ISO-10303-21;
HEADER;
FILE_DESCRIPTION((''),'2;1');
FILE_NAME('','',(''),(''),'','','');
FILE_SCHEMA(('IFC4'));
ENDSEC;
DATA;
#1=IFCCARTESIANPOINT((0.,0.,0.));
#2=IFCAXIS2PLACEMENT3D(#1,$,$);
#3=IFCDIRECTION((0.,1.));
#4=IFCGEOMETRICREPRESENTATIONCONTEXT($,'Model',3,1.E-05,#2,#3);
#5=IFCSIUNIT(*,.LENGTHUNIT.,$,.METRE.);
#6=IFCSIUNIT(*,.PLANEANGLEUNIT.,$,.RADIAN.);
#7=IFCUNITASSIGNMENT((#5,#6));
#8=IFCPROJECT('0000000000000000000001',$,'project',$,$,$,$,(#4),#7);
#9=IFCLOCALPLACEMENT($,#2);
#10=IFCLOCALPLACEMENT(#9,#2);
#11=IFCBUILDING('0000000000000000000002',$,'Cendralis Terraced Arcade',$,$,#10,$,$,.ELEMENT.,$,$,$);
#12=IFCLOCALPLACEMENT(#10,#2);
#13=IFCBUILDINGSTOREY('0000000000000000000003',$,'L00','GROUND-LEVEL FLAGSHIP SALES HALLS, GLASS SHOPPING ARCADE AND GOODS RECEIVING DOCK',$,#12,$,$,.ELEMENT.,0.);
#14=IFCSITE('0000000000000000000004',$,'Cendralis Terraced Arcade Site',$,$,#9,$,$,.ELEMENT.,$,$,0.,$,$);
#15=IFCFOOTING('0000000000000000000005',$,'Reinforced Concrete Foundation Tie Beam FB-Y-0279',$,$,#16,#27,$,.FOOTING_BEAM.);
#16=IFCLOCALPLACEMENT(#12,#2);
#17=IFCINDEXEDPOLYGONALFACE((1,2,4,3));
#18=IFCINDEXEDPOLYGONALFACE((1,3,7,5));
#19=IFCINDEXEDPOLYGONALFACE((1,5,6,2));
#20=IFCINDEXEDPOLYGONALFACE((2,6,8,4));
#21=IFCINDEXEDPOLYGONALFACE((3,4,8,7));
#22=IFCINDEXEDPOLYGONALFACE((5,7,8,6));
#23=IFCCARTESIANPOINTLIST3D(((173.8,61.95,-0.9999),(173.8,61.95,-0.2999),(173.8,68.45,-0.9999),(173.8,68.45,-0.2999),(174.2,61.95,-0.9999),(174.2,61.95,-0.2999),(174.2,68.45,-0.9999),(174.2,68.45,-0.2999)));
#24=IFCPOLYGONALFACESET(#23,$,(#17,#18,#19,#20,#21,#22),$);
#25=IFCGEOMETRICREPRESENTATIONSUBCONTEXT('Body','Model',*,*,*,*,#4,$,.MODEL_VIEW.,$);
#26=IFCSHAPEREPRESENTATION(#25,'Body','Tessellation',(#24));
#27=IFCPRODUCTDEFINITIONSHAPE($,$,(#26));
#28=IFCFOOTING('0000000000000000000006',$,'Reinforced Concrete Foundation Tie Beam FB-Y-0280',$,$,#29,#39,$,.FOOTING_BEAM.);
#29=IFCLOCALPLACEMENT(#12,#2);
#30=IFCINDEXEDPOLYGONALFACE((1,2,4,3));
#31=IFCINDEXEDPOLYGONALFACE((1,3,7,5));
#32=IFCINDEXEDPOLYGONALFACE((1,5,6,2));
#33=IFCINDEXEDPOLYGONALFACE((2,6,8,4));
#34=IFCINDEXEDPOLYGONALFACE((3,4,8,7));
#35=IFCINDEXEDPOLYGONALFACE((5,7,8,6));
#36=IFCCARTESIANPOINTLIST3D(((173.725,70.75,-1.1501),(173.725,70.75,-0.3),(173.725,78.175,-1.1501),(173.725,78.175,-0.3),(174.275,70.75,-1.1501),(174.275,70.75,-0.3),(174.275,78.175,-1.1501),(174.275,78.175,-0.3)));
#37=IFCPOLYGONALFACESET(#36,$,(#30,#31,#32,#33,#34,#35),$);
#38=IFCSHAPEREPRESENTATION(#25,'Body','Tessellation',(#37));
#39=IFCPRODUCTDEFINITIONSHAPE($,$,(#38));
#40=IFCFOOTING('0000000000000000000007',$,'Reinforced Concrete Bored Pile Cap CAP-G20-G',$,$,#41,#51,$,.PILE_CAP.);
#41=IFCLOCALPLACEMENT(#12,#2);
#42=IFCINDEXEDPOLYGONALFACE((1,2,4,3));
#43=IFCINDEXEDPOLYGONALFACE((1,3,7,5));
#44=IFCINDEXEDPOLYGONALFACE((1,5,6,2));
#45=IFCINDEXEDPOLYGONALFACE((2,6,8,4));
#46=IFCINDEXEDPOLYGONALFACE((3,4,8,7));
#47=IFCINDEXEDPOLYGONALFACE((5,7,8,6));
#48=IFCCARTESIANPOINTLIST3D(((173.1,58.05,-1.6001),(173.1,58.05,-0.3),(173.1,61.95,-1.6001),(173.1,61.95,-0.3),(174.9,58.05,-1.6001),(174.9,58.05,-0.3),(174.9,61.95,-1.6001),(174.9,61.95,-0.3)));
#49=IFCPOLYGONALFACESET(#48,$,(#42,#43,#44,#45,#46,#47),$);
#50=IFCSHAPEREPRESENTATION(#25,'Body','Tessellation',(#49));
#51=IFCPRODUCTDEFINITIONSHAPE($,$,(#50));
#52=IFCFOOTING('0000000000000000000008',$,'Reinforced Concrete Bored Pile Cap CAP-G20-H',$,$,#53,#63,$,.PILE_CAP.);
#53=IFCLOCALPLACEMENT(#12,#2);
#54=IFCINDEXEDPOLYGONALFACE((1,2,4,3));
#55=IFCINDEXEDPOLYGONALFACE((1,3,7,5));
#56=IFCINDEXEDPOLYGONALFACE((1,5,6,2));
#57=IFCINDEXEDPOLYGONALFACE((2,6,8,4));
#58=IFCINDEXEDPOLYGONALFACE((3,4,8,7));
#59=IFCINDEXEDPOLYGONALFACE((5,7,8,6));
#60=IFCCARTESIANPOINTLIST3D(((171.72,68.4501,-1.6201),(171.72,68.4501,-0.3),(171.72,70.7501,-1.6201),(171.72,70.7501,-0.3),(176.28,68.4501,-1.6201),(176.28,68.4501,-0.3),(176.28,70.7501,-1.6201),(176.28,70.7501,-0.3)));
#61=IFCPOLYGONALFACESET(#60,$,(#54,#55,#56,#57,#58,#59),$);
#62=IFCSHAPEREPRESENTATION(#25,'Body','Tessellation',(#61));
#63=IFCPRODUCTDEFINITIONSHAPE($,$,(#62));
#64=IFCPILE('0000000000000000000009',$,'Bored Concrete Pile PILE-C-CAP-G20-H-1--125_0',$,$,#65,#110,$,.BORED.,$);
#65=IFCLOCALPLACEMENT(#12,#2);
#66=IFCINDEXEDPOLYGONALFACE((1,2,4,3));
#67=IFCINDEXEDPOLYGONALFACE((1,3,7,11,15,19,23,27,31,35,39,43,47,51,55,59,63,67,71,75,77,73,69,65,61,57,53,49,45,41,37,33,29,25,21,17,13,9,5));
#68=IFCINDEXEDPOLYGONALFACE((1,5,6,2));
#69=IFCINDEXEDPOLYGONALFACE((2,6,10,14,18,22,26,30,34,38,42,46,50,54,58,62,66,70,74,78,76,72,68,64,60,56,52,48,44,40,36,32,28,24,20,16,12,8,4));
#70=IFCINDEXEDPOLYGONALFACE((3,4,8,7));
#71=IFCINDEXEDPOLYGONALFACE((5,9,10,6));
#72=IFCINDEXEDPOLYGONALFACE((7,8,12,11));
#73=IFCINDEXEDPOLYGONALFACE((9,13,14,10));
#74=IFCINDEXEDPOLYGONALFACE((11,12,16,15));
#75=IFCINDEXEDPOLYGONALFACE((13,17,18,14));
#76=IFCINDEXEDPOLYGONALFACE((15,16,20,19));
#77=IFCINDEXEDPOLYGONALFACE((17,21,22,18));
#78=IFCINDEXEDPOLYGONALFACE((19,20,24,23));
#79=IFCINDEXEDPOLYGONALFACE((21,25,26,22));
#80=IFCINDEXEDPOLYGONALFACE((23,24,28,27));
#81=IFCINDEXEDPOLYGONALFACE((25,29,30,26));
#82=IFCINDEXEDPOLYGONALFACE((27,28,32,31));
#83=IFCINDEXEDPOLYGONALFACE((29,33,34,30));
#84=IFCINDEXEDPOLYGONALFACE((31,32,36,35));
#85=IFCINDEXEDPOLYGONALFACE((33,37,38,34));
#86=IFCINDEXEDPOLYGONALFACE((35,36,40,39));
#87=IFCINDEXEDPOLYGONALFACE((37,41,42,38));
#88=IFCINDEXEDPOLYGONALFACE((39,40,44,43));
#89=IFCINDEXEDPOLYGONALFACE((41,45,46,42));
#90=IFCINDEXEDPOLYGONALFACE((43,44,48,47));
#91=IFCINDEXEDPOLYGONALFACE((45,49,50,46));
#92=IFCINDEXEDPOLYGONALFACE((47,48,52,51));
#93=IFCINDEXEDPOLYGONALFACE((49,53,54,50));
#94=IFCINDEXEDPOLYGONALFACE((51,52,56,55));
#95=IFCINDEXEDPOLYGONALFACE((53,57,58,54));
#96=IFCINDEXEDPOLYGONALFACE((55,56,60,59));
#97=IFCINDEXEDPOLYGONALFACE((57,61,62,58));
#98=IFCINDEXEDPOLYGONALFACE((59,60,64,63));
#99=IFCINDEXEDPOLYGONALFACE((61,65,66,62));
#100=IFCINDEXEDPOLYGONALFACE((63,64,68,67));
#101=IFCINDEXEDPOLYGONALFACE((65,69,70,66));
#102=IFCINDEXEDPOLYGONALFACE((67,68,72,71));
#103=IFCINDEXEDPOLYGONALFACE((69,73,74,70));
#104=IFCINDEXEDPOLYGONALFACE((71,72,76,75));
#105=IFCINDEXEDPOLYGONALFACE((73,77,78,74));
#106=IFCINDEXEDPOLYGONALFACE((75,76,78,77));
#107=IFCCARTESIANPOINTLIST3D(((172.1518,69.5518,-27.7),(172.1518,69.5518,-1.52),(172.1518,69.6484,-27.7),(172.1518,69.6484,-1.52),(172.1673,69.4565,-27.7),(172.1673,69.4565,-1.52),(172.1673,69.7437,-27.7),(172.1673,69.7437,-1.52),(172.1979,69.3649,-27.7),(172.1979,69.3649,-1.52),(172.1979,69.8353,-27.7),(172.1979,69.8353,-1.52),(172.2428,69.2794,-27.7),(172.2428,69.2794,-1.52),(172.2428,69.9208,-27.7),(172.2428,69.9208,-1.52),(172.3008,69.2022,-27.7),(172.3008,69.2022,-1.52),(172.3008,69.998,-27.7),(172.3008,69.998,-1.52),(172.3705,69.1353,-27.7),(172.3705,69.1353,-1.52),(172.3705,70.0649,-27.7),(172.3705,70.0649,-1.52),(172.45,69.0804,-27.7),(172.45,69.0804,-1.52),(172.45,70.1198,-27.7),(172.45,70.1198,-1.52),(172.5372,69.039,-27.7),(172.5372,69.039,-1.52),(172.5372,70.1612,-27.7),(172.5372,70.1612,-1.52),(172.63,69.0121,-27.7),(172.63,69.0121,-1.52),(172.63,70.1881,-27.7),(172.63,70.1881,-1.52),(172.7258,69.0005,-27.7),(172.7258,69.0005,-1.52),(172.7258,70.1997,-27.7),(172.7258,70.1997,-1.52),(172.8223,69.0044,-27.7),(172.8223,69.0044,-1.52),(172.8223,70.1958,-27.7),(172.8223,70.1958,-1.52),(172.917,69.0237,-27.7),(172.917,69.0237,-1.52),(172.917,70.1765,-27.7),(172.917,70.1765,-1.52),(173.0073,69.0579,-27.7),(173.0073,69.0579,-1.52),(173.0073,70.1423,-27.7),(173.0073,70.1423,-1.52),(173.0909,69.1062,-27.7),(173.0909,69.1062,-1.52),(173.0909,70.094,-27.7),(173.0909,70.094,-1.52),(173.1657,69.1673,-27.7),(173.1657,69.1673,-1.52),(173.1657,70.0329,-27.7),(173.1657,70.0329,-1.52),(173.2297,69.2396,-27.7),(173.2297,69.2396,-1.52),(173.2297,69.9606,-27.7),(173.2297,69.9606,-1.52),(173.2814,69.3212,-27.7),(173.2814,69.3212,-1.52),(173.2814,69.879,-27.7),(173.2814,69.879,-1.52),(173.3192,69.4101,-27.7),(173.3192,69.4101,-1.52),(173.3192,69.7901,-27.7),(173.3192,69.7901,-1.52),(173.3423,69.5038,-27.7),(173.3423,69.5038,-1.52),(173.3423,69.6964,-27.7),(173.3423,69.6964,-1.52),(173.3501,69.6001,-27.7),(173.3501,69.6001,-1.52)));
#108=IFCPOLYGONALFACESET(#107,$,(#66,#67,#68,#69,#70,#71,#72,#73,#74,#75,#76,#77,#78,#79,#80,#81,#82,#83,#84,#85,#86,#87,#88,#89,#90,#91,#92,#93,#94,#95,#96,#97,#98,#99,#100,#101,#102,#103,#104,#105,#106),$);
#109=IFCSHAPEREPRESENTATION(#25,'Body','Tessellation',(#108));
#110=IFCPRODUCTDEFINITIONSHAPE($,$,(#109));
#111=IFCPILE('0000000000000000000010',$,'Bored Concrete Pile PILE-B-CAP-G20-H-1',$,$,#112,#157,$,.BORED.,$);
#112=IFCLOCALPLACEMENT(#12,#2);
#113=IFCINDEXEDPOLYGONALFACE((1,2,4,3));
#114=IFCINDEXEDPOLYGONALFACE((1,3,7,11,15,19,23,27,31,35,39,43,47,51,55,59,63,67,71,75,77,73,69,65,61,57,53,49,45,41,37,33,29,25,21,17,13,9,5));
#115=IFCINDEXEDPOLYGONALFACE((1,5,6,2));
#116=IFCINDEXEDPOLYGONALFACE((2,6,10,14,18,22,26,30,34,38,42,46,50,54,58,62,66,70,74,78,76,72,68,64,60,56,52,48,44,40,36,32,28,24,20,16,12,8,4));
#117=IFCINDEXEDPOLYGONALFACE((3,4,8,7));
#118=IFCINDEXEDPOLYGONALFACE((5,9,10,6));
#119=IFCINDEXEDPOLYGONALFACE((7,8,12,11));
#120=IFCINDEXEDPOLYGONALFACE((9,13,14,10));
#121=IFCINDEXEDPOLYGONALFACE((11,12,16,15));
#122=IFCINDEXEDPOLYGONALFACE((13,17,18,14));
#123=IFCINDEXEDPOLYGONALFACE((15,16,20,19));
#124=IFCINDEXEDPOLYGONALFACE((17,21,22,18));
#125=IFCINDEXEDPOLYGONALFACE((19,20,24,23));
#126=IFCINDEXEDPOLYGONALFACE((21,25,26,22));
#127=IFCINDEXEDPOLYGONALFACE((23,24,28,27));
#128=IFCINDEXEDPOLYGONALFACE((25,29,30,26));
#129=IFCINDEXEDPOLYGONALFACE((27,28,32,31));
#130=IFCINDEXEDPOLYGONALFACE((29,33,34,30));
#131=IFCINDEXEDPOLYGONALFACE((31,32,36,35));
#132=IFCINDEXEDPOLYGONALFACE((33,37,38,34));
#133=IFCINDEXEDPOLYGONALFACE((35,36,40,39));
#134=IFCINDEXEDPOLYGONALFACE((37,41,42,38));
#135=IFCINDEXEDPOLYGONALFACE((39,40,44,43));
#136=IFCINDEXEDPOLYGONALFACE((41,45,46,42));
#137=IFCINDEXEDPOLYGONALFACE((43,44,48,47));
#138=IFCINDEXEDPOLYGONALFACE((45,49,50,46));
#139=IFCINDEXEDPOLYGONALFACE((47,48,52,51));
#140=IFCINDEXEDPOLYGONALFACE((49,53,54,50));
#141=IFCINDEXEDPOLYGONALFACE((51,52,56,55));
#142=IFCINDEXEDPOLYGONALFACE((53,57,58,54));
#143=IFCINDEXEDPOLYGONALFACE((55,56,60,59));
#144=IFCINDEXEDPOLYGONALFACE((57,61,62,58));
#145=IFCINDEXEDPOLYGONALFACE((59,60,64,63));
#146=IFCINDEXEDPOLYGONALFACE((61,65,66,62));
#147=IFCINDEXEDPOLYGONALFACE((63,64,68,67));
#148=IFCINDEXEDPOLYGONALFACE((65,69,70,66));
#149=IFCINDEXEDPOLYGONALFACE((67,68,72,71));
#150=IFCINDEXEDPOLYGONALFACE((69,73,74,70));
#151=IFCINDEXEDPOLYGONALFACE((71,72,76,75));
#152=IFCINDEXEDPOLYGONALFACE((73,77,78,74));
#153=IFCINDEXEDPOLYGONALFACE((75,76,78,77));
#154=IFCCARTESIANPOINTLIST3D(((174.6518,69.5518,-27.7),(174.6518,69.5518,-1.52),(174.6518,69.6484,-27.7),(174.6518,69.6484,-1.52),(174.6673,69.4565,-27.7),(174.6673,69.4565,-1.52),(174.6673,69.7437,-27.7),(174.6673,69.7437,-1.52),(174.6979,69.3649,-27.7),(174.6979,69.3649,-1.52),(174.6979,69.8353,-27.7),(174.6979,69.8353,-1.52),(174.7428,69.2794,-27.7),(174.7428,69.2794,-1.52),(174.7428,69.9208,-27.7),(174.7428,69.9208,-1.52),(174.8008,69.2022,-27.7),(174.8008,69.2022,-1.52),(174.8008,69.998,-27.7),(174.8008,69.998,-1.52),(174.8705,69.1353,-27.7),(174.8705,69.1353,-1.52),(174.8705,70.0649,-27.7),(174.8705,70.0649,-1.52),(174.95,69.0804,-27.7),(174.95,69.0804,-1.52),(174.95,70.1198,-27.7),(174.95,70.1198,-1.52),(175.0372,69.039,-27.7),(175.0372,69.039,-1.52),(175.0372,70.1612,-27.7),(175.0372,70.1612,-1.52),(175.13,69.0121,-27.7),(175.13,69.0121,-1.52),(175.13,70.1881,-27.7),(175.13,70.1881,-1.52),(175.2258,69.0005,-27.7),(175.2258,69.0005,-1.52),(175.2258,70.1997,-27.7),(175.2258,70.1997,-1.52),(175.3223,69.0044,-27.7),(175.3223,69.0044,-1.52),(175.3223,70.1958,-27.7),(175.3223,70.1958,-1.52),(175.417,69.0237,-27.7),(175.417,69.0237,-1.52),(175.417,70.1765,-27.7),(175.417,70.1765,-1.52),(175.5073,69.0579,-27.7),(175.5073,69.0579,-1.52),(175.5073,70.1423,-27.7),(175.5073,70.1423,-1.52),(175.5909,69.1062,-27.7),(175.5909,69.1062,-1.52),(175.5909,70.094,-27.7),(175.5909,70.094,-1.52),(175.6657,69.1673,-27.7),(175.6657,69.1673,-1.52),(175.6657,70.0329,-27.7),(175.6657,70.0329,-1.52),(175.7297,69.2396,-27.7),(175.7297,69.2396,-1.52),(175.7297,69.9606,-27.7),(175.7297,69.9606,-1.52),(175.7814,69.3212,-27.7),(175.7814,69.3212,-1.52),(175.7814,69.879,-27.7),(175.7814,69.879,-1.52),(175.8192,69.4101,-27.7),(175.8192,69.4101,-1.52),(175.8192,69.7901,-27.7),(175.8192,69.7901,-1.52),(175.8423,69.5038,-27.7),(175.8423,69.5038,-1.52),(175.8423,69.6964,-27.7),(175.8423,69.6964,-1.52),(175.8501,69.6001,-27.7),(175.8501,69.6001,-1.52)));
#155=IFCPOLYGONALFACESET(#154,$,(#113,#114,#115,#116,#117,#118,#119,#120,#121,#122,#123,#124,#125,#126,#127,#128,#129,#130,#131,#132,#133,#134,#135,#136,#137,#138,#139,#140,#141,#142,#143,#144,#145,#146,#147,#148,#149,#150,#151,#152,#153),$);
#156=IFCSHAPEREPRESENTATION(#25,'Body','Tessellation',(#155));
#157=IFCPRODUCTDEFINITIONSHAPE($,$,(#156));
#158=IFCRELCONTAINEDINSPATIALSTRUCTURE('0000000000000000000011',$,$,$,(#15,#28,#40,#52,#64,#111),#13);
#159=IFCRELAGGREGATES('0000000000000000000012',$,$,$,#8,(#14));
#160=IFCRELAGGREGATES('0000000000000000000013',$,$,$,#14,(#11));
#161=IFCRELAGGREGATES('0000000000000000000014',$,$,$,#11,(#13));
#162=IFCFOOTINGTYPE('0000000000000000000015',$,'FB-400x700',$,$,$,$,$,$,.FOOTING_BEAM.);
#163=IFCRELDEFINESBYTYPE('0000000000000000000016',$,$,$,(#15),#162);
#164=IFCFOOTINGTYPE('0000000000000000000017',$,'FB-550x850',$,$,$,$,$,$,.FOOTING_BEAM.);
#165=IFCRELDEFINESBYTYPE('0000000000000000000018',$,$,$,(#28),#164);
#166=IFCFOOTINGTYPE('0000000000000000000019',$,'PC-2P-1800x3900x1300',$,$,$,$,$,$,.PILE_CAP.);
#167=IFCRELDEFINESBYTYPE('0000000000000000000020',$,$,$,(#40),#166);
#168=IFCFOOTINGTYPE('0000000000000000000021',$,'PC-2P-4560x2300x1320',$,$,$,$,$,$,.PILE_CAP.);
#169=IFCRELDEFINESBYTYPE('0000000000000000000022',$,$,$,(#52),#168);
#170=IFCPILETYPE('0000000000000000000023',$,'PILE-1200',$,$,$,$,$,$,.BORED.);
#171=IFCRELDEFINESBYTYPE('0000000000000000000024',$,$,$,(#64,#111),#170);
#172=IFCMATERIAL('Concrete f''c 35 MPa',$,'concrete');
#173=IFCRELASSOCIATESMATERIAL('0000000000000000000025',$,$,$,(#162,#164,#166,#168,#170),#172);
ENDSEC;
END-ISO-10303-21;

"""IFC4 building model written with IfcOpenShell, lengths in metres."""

from ifc_helpers import new_model, si_unit, direction, frame, origin, origin_2d, place, context, subcontext, project, spatial, rectangle, circle, extrude, material, material_profile, profile_set, type_object, element, save


model = new_model("IFC4")

# Units and contexts
model_context = context("Model", 3, precision=1e-05, world=origin(), true_north=direction((0.0, 1.0)))
body_context = subcontext(model_context, "Body", "Model", "MODEL_VIEW")
ifc_project = project(units=[si_unit("LENGTHUNIT", "METRE"), si_unit("PLANEANGLEUNIT", "RADIAN")], contexts=[model_context])

# Site, building, storey
site_placement = place(None, origin())
site = spatial("IfcSite", under=ifc_project, at=site_placement, Name="Cendralis Terraced Arcade Site", CompositionType="ELEMENT", RefElevation=0.0)
building_placement = place(site_placement, origin())
building = spatial("IfcBuilding", under=site, at=building_placement, Name="Cendralis Terraced Arcade", CompositionType="ELEMENT")
storey_placement = place(building_placement, origin())
storey = spatial("IfcBuildingStorey", under=building, at=storey_placement, Name="L00", Description="GROUND-LEVEL FLAGSHIP SALES HALLS, GLASS SHOPPING ARCADE AND GOODS RECEIVING DOCK", CompositionType="ELEMENT", Elevation=0.0)

# Footings
ifc_material_1 = material(Name="Concrete f'c 35 MPa", Category="concrete")
ifc_material_profile_1 = material_profile(ifc_material_1, rectangle(XDim=0.3999, YDim=0.7, at=origin_2d()), Name="FB-400x700", Category="LoadBearing")
ifc_profile_set_1 = profile_set([ifc_material_profile_1], Name="Concrete f'c 35 MPa")
footing_type_1 = type_object("IfcFootingType", Name="FB-400x700", PredefinedType="FOOTING_BEAM", material=ifc_profile_set_1)
footing_1_placement = place(storey_placement, frame((174.0, 61.95, -0.6499), z_axis=(0.0, 1.0, 0.0), x_axis=(-1.0, 0.0, 0.0)))
element("IfcFooting", 1, at=footing_1_placement, inside=storey, type_object=footing_type_1, Name="Reinforced Concrete Foundation Tie Beam FB-Y-0279", PredefinedType="FOOTING_BEAM", context=body_context, shape_type="SweptSolid", body=[
    extrude(rectangle(XDim=0.3999, YDim=0.7, at=origin_2d()), origin(), (0.0, 0.0, 1.0), 6.5),
])
ifc_material_profile_2 = material_profile(ifc_material_1, rectangle(XDim=0.55, YDim=0.8501, at=origin_2d()), Name="FB-550x850", Category="LoadBearing")
ifc_profile_set_2 = profile_set([ifc_material_profile_2], Name="Concrete f'c 35 MPa")
footing_type_2 = type_object("IfcFootingType", Name="FB-550x850", PredefinedType="FOOTING_BEAM", material=ifc_profile_set_2)
footing_2_placement = place(storey_placement, frame((174.0, 70.75, -0.7251), z_axis=(0.0, 1.0, 0.0), x_axis=(-1.0, 0.0, 0.0)))
element("IfcFooting", 2, at=footing_2_placement, inside=storey, type_object=footing_type_2, Name="Reinforced Concrete Foundation Tie Beam FB-Y-0280", PredefinedType="FOOTING_BEAM", context=body_context, shape_type="SweptSolid", body=[
    extrude(rectangle(XDim=0.55, YDim=0.8501, at=origin_2d()), origin(), (0.0, 0.0, 1.0), 7.425),
])
footing_type_3 = type_object("IfcFootingType", Name="PC-2P-1800x3900x1300", PredefinedType="PILE_CAP", material=ifc_material_1)
footing_3_placement = place(storey_placement, frame((174.0, 60.0, -1.6001), z_axis=(0.0, 0.0, 1.0), x_axis=(1.0, 0.0, 0.0)))
element("IfcFooting", 3, at=footing_3_placement, inside=storey, type_object=footing_type_3, Name="Reinforced Concrete Bored Pile Cap CAP-G20-G", PredefinedType="PILE_CAP", context=body_context, shape_type="SweptSolid", body=[
    extrude(rectangle(XDim=1.8, YDim=3.8999, at=origin_2d()), origin(), (0.0, 0.0, 1.0), 1.3),
])
footing_type_4 = type_object("IfcFootingType", Name="PC-2P-4560x2300x1320", PredefinedType="PILE_CAP", material=ifc_material_1)
footing_4_placement = place(storey_placement, frame((174.0, 69.6001, -1.6201), z_axis=(0.0, 0.0, 1.0), x_axis=(1.0, 0.0, 0.0)))
element("IfcFooting", 4, at=footing_4_placement, inside=storey, type_object=footing_type_4, Name="Reinforced Concrete Bored Pile Cap CAP-G20-H", PredefinedType="PILE_CAP", context=body_context, shape_type="SweptSolid", body=[
    extrude(rectangle(XDim=4.5601, YDim=2.3, at=origin_2d()), origin(), (0.0, 0.0, 1.0), 1.3201),
])

# Piles
ifc_material_profile_3 = material_profile(ifc_material_1, circle(Radius=0.6001, at=origin_2d()), Name="PILE-D1200", Category="LoadBearing")
ifc_profile_set_3 = profile_set([ifc_material_profile_3], Name="Concrete f'c 35 MPa")
pile_type_1 = type_object("IfcPileType", Name="PILE-1200", PredefinedType="BORED", material=ifc_profile_set_3)
for number, where, z_axis, x_axis, name in (
    (5, (172.75, 69.6001, -1.52), (0.0, 0.0, -1.0), (1.0, 0.0, 0.0), "Bored Concrete Pile PILE-C-CAP-G20-H-1--125_0"),
    (6, (175.25, 69.6001, -1.52), (0.0, 0.0, -1.0), (1.0, 0.0, 0.0), "Bored Concrete Pile PILE-B-CAP-G20-H-1"),
):
    element("IfcPile", number, at=place(storey_placement, frame(where, z_axis=z_axis, x_axis=x_axis)), inside=storey, type_object=pile_type_1, Name=name, PredefinedType="BORED", context=body_context, shape_type="SweptSolid", body=[
        extrude(circle(Radius=0.6001, at=origin_2d()), origin(), (0.0, 0.0, 1.0), 26.1799),
    ])

save(model, "model.ifc")
